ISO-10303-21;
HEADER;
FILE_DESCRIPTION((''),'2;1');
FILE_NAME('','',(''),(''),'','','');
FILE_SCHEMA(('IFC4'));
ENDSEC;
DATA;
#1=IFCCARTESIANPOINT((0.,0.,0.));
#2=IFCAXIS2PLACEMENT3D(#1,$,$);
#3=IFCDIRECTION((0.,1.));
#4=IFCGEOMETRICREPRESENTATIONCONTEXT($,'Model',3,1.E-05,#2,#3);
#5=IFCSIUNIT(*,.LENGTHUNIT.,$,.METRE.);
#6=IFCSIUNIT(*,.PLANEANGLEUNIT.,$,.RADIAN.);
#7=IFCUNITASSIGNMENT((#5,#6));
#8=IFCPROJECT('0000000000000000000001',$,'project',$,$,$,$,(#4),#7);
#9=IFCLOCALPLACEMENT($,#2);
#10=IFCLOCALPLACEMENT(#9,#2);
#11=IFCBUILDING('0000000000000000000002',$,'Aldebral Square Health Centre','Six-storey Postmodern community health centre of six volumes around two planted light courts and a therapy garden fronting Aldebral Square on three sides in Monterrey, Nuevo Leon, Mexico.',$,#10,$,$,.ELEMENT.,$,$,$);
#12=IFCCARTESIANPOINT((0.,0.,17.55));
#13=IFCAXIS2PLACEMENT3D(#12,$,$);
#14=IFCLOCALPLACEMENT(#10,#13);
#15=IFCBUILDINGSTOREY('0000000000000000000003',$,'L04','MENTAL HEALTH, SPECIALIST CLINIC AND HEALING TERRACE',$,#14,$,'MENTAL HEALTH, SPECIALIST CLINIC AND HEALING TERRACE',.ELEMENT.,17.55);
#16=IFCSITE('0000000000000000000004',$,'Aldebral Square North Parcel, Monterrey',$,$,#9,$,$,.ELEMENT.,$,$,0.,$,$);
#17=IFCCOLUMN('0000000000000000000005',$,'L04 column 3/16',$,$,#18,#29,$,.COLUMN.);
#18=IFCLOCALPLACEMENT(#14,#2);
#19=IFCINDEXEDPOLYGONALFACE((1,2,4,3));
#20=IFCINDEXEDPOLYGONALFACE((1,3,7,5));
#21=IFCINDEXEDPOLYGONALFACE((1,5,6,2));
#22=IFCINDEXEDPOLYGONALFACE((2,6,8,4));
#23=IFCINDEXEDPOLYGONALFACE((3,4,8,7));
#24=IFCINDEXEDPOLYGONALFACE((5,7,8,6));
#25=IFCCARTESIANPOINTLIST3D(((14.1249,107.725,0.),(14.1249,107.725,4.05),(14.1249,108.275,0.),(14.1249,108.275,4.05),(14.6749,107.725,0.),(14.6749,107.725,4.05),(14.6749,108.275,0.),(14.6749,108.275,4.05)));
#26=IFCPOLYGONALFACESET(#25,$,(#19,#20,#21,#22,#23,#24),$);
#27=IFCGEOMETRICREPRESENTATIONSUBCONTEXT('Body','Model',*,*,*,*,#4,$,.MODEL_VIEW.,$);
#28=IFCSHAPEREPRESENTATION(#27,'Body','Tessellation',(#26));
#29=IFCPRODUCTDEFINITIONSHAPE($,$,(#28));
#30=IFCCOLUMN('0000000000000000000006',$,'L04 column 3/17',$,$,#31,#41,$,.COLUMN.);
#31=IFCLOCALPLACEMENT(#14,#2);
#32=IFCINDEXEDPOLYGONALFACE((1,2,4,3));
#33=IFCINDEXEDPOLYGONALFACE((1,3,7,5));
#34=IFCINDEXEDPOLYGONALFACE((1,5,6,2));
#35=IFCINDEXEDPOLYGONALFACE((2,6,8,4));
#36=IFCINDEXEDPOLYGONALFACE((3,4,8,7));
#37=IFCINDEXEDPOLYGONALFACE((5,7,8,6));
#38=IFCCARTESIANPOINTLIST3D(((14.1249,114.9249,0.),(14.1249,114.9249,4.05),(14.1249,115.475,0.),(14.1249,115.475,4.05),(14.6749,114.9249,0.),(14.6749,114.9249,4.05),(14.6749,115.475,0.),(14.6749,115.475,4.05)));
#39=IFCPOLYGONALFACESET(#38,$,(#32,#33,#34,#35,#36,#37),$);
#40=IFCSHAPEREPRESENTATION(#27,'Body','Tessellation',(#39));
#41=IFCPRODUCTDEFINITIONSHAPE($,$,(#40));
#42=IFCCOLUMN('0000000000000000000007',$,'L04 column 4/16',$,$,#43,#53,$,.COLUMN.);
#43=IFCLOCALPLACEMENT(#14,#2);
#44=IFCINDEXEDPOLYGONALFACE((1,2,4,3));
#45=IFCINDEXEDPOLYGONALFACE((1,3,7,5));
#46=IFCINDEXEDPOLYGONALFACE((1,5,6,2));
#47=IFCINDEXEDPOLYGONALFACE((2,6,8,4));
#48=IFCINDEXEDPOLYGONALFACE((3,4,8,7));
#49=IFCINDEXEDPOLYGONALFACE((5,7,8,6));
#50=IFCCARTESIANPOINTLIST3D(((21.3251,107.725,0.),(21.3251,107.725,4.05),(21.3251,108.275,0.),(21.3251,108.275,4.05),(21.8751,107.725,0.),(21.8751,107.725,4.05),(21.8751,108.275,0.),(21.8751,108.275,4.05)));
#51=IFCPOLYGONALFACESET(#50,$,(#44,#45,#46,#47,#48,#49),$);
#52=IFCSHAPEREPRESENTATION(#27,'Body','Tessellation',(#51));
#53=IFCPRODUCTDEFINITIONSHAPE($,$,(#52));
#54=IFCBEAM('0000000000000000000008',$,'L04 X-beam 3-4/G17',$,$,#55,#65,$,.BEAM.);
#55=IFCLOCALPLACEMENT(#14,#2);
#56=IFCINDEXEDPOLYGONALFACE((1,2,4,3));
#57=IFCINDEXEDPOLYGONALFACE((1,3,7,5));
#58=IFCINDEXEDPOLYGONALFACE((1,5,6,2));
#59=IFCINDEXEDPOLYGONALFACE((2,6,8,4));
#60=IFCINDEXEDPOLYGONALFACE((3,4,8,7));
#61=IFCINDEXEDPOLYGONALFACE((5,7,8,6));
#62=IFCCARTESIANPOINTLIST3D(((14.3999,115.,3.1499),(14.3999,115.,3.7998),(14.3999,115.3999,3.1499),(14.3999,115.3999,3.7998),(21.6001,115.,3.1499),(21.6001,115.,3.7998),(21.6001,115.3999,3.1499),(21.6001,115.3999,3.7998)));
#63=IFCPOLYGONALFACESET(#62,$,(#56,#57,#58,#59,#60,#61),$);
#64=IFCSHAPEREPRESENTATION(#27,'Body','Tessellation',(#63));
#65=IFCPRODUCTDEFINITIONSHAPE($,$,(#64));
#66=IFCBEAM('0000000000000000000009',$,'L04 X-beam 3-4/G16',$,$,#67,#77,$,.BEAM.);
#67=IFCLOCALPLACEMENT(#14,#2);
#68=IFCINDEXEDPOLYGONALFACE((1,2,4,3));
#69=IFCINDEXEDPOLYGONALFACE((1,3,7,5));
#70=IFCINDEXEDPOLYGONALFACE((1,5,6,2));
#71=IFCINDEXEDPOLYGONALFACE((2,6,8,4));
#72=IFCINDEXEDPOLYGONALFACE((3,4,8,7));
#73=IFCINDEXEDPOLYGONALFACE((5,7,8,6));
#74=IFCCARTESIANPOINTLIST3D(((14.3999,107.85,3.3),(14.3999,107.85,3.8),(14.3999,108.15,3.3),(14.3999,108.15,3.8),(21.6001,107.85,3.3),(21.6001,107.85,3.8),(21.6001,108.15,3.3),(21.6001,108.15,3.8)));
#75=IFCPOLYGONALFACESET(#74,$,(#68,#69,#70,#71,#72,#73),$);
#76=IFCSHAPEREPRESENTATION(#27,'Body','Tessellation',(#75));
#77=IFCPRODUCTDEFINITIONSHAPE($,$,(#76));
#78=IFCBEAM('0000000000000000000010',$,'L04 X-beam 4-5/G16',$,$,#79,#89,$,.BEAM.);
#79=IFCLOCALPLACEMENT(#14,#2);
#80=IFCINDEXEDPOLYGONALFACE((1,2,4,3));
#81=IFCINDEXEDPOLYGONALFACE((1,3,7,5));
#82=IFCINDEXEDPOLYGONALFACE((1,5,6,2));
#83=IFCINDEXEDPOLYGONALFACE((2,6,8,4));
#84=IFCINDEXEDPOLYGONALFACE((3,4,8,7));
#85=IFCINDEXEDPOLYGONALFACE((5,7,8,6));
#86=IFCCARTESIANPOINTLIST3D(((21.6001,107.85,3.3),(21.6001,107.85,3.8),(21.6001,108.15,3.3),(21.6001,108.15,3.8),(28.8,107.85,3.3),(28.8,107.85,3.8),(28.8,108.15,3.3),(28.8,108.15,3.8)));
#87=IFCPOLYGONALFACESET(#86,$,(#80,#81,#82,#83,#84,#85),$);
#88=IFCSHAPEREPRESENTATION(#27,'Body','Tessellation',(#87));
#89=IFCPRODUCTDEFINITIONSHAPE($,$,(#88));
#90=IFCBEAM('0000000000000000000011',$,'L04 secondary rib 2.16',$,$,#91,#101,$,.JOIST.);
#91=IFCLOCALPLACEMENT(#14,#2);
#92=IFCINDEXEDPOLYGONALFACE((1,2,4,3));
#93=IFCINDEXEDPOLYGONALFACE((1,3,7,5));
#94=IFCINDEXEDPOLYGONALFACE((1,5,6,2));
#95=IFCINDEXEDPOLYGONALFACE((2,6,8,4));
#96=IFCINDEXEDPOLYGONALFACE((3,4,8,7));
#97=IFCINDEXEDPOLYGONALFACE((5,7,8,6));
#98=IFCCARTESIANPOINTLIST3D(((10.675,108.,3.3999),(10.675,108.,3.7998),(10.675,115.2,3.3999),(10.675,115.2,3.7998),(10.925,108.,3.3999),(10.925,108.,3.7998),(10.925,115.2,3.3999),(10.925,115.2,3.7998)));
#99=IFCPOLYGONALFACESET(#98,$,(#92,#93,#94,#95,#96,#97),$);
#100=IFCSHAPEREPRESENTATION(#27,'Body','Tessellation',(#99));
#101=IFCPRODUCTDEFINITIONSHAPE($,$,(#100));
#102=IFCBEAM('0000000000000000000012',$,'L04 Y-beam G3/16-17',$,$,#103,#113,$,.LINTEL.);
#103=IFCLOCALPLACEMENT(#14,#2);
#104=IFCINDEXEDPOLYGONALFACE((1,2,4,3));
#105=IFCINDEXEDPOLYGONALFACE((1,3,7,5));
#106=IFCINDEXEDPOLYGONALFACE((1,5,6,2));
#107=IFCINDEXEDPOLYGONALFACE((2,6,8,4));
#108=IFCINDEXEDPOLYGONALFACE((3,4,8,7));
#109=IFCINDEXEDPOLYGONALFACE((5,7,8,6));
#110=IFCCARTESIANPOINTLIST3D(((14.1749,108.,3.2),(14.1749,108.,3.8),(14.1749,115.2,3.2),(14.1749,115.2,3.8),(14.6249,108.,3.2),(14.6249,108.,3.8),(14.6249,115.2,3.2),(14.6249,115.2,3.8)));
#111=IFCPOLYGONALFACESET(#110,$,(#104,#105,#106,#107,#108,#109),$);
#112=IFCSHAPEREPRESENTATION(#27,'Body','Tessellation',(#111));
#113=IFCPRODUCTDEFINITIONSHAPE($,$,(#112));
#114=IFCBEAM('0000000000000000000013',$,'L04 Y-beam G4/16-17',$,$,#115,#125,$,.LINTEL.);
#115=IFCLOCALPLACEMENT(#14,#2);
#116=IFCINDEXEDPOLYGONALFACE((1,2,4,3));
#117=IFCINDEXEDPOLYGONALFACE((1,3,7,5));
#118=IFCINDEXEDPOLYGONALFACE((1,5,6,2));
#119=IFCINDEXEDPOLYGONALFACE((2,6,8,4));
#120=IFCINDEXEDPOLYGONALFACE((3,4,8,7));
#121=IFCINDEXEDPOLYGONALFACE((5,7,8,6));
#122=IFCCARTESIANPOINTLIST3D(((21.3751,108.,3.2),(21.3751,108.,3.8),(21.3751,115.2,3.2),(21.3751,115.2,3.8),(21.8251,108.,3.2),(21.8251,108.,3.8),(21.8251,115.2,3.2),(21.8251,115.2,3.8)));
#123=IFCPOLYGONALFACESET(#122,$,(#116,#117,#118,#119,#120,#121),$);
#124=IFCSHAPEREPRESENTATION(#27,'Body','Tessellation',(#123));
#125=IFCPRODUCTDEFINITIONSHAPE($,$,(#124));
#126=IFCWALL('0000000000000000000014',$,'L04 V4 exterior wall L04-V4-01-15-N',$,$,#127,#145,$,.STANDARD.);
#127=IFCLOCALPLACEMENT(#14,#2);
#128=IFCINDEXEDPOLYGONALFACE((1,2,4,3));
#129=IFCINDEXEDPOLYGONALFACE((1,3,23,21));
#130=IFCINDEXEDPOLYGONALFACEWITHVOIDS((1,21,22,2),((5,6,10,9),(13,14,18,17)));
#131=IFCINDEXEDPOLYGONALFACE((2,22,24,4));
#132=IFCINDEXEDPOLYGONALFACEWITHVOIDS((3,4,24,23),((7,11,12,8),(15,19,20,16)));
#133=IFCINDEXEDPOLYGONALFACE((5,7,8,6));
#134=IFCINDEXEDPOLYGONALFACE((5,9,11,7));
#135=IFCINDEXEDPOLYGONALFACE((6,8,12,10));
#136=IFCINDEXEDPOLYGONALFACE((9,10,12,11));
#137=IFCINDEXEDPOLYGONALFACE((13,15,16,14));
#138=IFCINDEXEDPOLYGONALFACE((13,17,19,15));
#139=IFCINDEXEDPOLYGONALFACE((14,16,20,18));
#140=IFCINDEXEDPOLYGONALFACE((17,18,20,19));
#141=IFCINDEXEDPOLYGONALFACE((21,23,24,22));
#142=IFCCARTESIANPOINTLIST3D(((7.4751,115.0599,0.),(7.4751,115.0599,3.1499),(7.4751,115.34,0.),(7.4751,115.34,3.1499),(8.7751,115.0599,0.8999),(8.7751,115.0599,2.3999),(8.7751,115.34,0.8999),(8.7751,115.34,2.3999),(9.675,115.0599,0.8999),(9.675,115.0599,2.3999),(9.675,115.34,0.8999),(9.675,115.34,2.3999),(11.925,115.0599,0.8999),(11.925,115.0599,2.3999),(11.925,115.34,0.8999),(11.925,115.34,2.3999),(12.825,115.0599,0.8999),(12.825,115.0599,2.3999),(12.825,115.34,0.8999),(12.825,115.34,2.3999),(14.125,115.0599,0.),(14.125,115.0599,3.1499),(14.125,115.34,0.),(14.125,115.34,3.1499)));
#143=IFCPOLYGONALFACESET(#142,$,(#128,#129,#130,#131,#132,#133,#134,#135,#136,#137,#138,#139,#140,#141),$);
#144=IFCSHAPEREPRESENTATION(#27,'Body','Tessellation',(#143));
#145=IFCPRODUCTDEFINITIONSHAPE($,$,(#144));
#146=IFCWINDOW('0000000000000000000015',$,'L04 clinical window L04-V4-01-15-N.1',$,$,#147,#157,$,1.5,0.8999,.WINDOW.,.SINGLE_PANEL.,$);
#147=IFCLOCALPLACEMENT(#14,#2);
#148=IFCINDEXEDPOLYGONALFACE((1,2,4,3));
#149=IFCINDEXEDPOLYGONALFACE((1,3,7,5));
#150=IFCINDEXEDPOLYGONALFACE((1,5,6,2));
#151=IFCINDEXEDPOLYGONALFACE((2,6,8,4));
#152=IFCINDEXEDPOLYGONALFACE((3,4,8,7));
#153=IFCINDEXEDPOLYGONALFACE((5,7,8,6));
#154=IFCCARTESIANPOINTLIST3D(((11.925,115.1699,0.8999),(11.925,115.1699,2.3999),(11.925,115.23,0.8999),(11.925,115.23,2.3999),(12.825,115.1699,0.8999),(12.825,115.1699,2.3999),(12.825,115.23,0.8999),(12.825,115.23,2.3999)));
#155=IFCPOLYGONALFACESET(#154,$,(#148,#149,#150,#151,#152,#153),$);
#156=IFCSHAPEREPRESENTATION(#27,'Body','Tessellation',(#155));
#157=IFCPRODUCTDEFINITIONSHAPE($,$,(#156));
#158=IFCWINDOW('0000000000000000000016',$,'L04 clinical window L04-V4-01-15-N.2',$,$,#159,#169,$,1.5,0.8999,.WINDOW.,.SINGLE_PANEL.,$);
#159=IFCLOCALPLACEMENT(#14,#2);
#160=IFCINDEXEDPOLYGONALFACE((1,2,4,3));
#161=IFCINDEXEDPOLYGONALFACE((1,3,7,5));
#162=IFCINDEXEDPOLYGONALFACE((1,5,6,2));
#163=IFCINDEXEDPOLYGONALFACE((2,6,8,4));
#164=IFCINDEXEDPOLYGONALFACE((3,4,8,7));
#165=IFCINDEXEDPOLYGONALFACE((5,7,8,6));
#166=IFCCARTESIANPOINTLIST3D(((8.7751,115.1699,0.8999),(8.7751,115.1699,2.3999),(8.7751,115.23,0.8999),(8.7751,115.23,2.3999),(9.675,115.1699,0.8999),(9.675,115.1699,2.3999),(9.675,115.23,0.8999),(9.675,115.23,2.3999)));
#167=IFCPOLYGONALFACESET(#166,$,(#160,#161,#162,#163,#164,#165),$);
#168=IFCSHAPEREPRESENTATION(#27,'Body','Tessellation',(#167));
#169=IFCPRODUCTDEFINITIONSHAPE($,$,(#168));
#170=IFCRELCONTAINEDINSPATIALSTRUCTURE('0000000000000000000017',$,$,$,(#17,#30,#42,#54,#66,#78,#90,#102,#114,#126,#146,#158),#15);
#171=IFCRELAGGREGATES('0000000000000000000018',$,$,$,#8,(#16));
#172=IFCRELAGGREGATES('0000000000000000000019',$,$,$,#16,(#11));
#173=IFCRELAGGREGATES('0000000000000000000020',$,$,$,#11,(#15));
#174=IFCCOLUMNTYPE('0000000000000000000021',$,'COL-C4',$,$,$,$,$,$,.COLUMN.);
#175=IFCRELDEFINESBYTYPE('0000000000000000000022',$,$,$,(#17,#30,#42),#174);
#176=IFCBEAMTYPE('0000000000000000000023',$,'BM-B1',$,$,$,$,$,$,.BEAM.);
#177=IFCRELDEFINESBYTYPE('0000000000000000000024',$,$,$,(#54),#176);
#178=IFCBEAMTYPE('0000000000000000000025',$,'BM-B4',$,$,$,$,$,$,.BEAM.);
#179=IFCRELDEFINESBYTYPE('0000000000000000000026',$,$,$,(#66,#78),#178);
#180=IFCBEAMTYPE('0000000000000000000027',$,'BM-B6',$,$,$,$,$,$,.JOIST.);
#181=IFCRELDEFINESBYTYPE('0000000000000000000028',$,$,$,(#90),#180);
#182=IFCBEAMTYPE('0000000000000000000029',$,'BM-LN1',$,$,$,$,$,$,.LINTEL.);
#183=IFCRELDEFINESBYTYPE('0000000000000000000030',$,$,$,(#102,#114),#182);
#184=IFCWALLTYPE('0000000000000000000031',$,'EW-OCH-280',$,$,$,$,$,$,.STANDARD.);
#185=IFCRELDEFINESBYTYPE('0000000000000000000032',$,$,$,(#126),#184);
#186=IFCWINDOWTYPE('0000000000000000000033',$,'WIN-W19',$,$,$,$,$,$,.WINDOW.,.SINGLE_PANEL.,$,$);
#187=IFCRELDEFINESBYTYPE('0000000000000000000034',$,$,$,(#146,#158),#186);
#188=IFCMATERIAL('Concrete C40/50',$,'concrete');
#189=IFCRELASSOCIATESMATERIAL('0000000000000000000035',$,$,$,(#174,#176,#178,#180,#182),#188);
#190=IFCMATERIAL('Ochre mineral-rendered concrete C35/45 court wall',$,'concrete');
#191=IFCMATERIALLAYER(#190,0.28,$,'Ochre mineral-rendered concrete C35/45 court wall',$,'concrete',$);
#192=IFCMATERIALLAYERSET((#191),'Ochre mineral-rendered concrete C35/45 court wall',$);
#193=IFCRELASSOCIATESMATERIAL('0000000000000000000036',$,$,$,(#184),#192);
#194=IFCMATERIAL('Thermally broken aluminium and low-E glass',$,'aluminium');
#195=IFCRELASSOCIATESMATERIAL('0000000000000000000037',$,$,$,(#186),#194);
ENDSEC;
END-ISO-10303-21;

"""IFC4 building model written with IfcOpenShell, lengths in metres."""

from ifc_helpers import new_model, si_unit, direction, frame, frame_2d, origin, origin_2d, place, context, subcontext, project, spatial, rectangle, extrude, material, layer, layer_set, material_profile, profile_set, type_object, element, fill, save


model = new_model("IFC4")

# Units and contexts
model_context = context("Model", 3, precision=1e-05, world=origin(), true_north=direction((0.0, 1.0)))
body_context = subcontext(model_context, "Body", "Model", "MODEL_VIEW")
ifc_project = project(units=[si_unit("LENGTHUNIT", "METRE"), si_unit("PLANEANGLEUNIT", "RADIAN")], contexts=[model_context])

# Site, building, storey
site_placement = place(None, origin())
site = spatial("IfcSite", under=ifc_project, at=site_placement, Name="Aldebral Square North Parcel, Monterrey", CompositionType="ELEMENT", RefElevation=0.0)
building_placement = place(site_placement, origin())
building = spatial("IfcBuilding", under=site, at=building_placement, Name="Aldebral Square Health Centre", Description="Six-storey Postmodern community health centre of six volumes around two planted light courts and a therapy garden fronting Aldebral Square on three sides in Monterrey, Nuevo Leon, Mexico.", CompositionType="ELEMENT")
storey_placement = place(building_placement, frame((0.0, 0.0, 17.55)))
storey = spatial("IfcBuildingStorey", under=building, at=storey_placement, Name="L04", Description="MENTAL HEALTH, SPECIALIST CLINIC AND HEALING TERRACE", LongName="MENTAL HEALTH, SPECIALIST CLINIC AND HEALING TERRACE", CompositionType="ELEMENT", Elevation=17.55)

# Columns
ifc_material_1 = material(Name="Concrete C40/50", Category="concrete")
ifc_material_profile_1 = material_profile(ifc_material_1, rectangle(XDim=0.55, YDim=0.55, at=origin_2d()), Name="RC 550x550")
ifc_profile_set_1 = profile_set([ifc_material_profile_1], Name="Concrete C40/50")
column_type = type_object("IfcColumnType", Name="COL-C4", PredefinedType="COLUMN", material=ifc_profile_set_1)
for number, where, z_axis, x_axis, name in (
    (1, (14.3999, 108.0, 0.0), (0.0, 0.0, 1.0), (1.0, 0.0, 0.0), "L04 column 3/16"),
    (2, (14.3999, 115.2, 0.0), (0.0, 0.0, 1.0), (1.0, 0.0, 0.0), "L04 column 3/17"),
    (3, (21.6001, 108.0, 0.0), (0.0, 0.0, 1.0), (1.0, 0.0, 0.0), "L04 column 4/16"),
):
    element("IfcColumn", number, at=place(storey_placement, frame(where, z_axis=z_axis, x_axis=x_axis)), inside=storey, type_object=column_type, Name=name, PredefinedType="COLUMN", context=body_context, shape_type="SweptSolid", body=[
        extrude(rectangle(XDim=0.55, YDim=0.55, at=origin_2d()), origin(), (0.0, 0.0, 1.0), 4.05),
    ])

# Beams
ifc_material_profile_2 = material_profile(ifc_material_1, rectangle(XDim=0.3999, YDim=0.6499, at=origin_2d()), Name="RC 400x650")
ifc_profile_set_2 = profile_set([ifc_material_profile_2], Name="Concrete C40/50")
beam_type_1 = type_object("IfcBeamType", Name="BM-B1", PredefinedType="BEAM", material=ifc_profile_set_2)
beam_1_placement = place(storey_placement, frame((14.3999, 115.2, 3.4749), z_axis=(1.0, 0.0, 0.0), x_axis=(0.0, 1.0, 0.0)))
element("IfcBeam", 4, at=beam_1_placement, inside=storey, type_object=beam_type_1, Name="L04 X-beam 3-4/G17", PredefinedType="BEAM", context=body_context, shape_type="SweptSolid", body=[
    extrude(rectangle(XDim=0.3999, YDim=0.6499, at=origin_2d()), origin(), (0.0, 0.0, 1.0), 7.2002),
])
ifc_material_profile_3 = material_profile(ifc_material_1, rectangle(XDim=0.3, YDim=0.5, at=origin_2d()), Name="RC 300x500")
ifc_profile_set_3 = profile_set([ifc_material_profile_3], Name="Concrete C40/50")
beam_type_2 = type_object("IfcBeamType", Name="BM-B4", PredefinedType="BEAM", material=ifc_profile_set_3)
beam_2_placement = place(storey_placement, frame((14.3999, 108.0, 3.55), z_axis=(1.0, 0.0, 0.0), x_axis=(0.0, 1.0, 0.0)))
element("IfcBeam", 5, at=beam_2_placement, inside=storey, type_object=beam_type_2, Name="L04 X-beam 3-4/G16", PredefinedType="BEAM", context=body_context, shape_type="SweptSolid", body=[
    extrude(rectangle(XDim=0.3, YDim=0.5, at=origin_2d()), origin(), (0.0, 0.0, 1.0), 7.2002),
])
beam_3_placement = place(storey_placement, frame((21.6001, 108.0, 3.55), z_axis=(1.0, 0.0, 0.0), x_axis=(0.0, 1.0, 0.0)))
element("IfcBeam", 6, at=beam_3_placement, inside=storey, type_object=beam_type_2, Name="L04 X-beam 4-5/G16", PredefinedType="BEAM", context=body_context, shape_type="SweptSolid", body=[
    extrude(rectangle(XDim=0.3, YDim=0.5, at=origin_2d()), origin(), (0.0, 0.0, 1.0), 7.2),
])
ifc_material_profile_4 = material_profile(ifc_material_1, rectangle(XDim=0.25, YDim=0.3999, at=origin_2d()), Name="RC 250x400")
ifc_profile_set_4 = profile_set([ifc_material_profile_4], Name="Concrete C40/50")
beam_type_3 = type_object("IfcBeamType", Name="BM-B6", PredefinedType="JOIST", material=ifc_profile_set_4)
beam_4_placement = place(storey_placement, frame((10.8, 108.0, 3.5999), z_axis=(0.0, 1.0, 0.0), x_axis=(-1.0, 0.0, 0.0)))
element("IfcBeam", 7, at=beam_4_placement, inside=storey, type_object=beam_type_3, Name="L04 secondary rib 2.16", PredefinedType="JOIST", context=body_context, shape_type="SweptSolid", body=[
    extrude(rectangle(XDim=0.25, YDim=0.3999, at=origin_2d()), origin(), (0.0, 0.0, 1.0), 7.2),
])
ifc_material_profile_5 = material_profile(ifc_material_1, rectangle(XDim=0.45, YDim=0.6001, at=origin_2d()), Name="RC 450x600")
ifc_profile_set_5 = profile_set([ifc_material_profile_5], Name="Concrete C40/50")
beam_type_4 = type_object("IfcBeamType", Name="BM-LN1", PredefinedType="LINTEL", material=ifc_profile_set_5)
for number, where, z_axis, x_axis, name in (
    (8, (14.3999, 108.0, 3.5), (0.0, 1.0, 0.0), (-1.0, 0.0, 0.0), "L04 Y-beam G3/16-17"),
    (9, (21.6001, 108.0, 3.5), (0.0, 1.0, 0.0), (-1.0, 0.0, 0.0), "L04 Y-beam G4/16-17"),
):
    element("IfcBeam", number, at=place(storey_placement, frame(where, z_axis=z_axis, x_axis=x_axis)), inside=storey, type_object=beam_type_4, Name=name, PredefinedType="LINTEL", context=body_context, shape_type="SweptSolid", body=[
        extrude(rectangle(XDim=0.45, YDim=0.6001, at=origin_2d()), origin(), (0.0, 0.0, 1.0), 7.2),
    ])

# Wall, openings, windows
ifc_material_2 = material(Name="Ochre mineral-rendered concrete C35/45 court wall", Category="concrete")
ifc_layer_1 = layer(ifc_material_2, 0.28, Name="Ochre mineral-rendered concrete C35/45 court wall", Category="concrete")
ifc_layer_set_1 = layer_set([ifc_layer_1], Name="Ochre mineral-rendered concrete C35/45 court wall")
wall_type_1 = type_object("IfcWallType", Name="EW-OCH-280", PredefinedType="STANDARD", material=ifc_layer_set_1)
wall_1_placement = place(storey_placement, frame((14.125, 115.2, 0.0), z_axis=(0.0, 0.0, 1.0), x_axis=(-1.0, 0.0, 0.0)))
wall_1 = element("IfcWall", 10, at=wall_1_placement, inside=storey, type_object=wall_type_1, Name="L04 V4 exterior wall L04-V4-01-15-N", PredefinedType="STANDARD", context=body_context, shape_type="SweptSolid", body=[
    extrude(rectangle(XDim=6.6499, YDim=0.28, at=frame_2d((3.325, 0.0))), origin(), (0.0, 0.0, 1.0), 3.1499),
])
opening_1_placement = place(wall_1_placement, frame((1.3, 0.0, 0.8999)))
opening_1 = element("IfcOpeningElement", 11, at=opening_1_placement, cuts=wall_1, PredefinedType="OPENING", context=body_context, shape_type="SweptSolid", body=[
    extrude(rectangle(XDim=0.8999, YDim=1.5, at=frame_2d((0.45, 0.75))), frame((0.0, 0.1499, 0.0), z_axis=(0.0, -1.0, 0.0), x_axis=(1.0, 0.0, 0.0)), (0.0, 0.0, 1.0), 0.3),
])
opening_2_placement = place(wall_1_placement, frame((4.45, 0.0, 0.8999)))
opening_2 = element("IfcOpeningElement", 12, at=opening_2_placement, cuts=wall_1, PredefinedType="OPENING", context=body_context, shape_type="SweptSolid", body=[
    extrude(rectangle(XDim=0.8999, YDim=1.5, at=frame_2d((0.45, 0.75))), frame((0.0, 0.1499, 0.0), z_axis=(0.0, -1.0, 0.0), x_axis=(1.0, 0.0, 0.0)), (0.0, 0.0, 1.0), 0.3),
])
ifc_material_3 = material(Name="Thermally broken aluminium and low-E glass", Category="aluminium")
window_type_1 = type_object("IfcWindowType", Name="WIN-W19", PartitioningType="SINGLE_PANEL", PredefinedType="WINDOW", material=ifc_material_3)
window_1_placement = place(opening_1_placement, origin())
window_1 = element("IfcWindow", 13, at=window_1_placement, inside=storey, type_object=window_type_1, Name="L04 clinical window L04-V4-01-15-N.1", OverallHeight=1.5, OverallWidth=0.8999, PartitioningType="SINGLE_PANEL", PredefinedType="WINDOW", context=body_context, shape_type="SweptSolid", body=[
    extrude(rectangle(XDim=0.8999, YDim=1.5, at=frame_2d((0.45, 0.75))), frame((0.0, 0.03, 0.0), z_axis=(0.0, -1.0, 0.0), x_axis=(1.0, 0.0, 0.0)), (0.0, 0.0, 1.0), 0.0601),
])
fill(opening_1, window_1)
window_2_placement = place(opening_2_placement, origin())
window_2 = element("IfcWindow", 14, at=window_2_placement, inside=storey, type_object=window_type_1, Name="L04 clinical window L04-V4-01-15-N.2", OverallHeight=1.5, OverallWidth=0.8999, PartitioningType="SINGLE_PANEL", PredefinedType="WINDOW", context=body_context, shape_type="SweptSolid", body=[
    extrude(rectangle(XDim=0.8999, YDim=1.5, at=frame_2d((0.45, 0.75))), frame((0.0, 0.03, 0.0), z_axis=(0.0, -1.0, 0.0), x_axis=(1.0, 0.0, 0.0)), (0.0, 0.0, 1.0), 0.0601),
])
fill(opening_2, window_2)

save(model, "model.ifc")
